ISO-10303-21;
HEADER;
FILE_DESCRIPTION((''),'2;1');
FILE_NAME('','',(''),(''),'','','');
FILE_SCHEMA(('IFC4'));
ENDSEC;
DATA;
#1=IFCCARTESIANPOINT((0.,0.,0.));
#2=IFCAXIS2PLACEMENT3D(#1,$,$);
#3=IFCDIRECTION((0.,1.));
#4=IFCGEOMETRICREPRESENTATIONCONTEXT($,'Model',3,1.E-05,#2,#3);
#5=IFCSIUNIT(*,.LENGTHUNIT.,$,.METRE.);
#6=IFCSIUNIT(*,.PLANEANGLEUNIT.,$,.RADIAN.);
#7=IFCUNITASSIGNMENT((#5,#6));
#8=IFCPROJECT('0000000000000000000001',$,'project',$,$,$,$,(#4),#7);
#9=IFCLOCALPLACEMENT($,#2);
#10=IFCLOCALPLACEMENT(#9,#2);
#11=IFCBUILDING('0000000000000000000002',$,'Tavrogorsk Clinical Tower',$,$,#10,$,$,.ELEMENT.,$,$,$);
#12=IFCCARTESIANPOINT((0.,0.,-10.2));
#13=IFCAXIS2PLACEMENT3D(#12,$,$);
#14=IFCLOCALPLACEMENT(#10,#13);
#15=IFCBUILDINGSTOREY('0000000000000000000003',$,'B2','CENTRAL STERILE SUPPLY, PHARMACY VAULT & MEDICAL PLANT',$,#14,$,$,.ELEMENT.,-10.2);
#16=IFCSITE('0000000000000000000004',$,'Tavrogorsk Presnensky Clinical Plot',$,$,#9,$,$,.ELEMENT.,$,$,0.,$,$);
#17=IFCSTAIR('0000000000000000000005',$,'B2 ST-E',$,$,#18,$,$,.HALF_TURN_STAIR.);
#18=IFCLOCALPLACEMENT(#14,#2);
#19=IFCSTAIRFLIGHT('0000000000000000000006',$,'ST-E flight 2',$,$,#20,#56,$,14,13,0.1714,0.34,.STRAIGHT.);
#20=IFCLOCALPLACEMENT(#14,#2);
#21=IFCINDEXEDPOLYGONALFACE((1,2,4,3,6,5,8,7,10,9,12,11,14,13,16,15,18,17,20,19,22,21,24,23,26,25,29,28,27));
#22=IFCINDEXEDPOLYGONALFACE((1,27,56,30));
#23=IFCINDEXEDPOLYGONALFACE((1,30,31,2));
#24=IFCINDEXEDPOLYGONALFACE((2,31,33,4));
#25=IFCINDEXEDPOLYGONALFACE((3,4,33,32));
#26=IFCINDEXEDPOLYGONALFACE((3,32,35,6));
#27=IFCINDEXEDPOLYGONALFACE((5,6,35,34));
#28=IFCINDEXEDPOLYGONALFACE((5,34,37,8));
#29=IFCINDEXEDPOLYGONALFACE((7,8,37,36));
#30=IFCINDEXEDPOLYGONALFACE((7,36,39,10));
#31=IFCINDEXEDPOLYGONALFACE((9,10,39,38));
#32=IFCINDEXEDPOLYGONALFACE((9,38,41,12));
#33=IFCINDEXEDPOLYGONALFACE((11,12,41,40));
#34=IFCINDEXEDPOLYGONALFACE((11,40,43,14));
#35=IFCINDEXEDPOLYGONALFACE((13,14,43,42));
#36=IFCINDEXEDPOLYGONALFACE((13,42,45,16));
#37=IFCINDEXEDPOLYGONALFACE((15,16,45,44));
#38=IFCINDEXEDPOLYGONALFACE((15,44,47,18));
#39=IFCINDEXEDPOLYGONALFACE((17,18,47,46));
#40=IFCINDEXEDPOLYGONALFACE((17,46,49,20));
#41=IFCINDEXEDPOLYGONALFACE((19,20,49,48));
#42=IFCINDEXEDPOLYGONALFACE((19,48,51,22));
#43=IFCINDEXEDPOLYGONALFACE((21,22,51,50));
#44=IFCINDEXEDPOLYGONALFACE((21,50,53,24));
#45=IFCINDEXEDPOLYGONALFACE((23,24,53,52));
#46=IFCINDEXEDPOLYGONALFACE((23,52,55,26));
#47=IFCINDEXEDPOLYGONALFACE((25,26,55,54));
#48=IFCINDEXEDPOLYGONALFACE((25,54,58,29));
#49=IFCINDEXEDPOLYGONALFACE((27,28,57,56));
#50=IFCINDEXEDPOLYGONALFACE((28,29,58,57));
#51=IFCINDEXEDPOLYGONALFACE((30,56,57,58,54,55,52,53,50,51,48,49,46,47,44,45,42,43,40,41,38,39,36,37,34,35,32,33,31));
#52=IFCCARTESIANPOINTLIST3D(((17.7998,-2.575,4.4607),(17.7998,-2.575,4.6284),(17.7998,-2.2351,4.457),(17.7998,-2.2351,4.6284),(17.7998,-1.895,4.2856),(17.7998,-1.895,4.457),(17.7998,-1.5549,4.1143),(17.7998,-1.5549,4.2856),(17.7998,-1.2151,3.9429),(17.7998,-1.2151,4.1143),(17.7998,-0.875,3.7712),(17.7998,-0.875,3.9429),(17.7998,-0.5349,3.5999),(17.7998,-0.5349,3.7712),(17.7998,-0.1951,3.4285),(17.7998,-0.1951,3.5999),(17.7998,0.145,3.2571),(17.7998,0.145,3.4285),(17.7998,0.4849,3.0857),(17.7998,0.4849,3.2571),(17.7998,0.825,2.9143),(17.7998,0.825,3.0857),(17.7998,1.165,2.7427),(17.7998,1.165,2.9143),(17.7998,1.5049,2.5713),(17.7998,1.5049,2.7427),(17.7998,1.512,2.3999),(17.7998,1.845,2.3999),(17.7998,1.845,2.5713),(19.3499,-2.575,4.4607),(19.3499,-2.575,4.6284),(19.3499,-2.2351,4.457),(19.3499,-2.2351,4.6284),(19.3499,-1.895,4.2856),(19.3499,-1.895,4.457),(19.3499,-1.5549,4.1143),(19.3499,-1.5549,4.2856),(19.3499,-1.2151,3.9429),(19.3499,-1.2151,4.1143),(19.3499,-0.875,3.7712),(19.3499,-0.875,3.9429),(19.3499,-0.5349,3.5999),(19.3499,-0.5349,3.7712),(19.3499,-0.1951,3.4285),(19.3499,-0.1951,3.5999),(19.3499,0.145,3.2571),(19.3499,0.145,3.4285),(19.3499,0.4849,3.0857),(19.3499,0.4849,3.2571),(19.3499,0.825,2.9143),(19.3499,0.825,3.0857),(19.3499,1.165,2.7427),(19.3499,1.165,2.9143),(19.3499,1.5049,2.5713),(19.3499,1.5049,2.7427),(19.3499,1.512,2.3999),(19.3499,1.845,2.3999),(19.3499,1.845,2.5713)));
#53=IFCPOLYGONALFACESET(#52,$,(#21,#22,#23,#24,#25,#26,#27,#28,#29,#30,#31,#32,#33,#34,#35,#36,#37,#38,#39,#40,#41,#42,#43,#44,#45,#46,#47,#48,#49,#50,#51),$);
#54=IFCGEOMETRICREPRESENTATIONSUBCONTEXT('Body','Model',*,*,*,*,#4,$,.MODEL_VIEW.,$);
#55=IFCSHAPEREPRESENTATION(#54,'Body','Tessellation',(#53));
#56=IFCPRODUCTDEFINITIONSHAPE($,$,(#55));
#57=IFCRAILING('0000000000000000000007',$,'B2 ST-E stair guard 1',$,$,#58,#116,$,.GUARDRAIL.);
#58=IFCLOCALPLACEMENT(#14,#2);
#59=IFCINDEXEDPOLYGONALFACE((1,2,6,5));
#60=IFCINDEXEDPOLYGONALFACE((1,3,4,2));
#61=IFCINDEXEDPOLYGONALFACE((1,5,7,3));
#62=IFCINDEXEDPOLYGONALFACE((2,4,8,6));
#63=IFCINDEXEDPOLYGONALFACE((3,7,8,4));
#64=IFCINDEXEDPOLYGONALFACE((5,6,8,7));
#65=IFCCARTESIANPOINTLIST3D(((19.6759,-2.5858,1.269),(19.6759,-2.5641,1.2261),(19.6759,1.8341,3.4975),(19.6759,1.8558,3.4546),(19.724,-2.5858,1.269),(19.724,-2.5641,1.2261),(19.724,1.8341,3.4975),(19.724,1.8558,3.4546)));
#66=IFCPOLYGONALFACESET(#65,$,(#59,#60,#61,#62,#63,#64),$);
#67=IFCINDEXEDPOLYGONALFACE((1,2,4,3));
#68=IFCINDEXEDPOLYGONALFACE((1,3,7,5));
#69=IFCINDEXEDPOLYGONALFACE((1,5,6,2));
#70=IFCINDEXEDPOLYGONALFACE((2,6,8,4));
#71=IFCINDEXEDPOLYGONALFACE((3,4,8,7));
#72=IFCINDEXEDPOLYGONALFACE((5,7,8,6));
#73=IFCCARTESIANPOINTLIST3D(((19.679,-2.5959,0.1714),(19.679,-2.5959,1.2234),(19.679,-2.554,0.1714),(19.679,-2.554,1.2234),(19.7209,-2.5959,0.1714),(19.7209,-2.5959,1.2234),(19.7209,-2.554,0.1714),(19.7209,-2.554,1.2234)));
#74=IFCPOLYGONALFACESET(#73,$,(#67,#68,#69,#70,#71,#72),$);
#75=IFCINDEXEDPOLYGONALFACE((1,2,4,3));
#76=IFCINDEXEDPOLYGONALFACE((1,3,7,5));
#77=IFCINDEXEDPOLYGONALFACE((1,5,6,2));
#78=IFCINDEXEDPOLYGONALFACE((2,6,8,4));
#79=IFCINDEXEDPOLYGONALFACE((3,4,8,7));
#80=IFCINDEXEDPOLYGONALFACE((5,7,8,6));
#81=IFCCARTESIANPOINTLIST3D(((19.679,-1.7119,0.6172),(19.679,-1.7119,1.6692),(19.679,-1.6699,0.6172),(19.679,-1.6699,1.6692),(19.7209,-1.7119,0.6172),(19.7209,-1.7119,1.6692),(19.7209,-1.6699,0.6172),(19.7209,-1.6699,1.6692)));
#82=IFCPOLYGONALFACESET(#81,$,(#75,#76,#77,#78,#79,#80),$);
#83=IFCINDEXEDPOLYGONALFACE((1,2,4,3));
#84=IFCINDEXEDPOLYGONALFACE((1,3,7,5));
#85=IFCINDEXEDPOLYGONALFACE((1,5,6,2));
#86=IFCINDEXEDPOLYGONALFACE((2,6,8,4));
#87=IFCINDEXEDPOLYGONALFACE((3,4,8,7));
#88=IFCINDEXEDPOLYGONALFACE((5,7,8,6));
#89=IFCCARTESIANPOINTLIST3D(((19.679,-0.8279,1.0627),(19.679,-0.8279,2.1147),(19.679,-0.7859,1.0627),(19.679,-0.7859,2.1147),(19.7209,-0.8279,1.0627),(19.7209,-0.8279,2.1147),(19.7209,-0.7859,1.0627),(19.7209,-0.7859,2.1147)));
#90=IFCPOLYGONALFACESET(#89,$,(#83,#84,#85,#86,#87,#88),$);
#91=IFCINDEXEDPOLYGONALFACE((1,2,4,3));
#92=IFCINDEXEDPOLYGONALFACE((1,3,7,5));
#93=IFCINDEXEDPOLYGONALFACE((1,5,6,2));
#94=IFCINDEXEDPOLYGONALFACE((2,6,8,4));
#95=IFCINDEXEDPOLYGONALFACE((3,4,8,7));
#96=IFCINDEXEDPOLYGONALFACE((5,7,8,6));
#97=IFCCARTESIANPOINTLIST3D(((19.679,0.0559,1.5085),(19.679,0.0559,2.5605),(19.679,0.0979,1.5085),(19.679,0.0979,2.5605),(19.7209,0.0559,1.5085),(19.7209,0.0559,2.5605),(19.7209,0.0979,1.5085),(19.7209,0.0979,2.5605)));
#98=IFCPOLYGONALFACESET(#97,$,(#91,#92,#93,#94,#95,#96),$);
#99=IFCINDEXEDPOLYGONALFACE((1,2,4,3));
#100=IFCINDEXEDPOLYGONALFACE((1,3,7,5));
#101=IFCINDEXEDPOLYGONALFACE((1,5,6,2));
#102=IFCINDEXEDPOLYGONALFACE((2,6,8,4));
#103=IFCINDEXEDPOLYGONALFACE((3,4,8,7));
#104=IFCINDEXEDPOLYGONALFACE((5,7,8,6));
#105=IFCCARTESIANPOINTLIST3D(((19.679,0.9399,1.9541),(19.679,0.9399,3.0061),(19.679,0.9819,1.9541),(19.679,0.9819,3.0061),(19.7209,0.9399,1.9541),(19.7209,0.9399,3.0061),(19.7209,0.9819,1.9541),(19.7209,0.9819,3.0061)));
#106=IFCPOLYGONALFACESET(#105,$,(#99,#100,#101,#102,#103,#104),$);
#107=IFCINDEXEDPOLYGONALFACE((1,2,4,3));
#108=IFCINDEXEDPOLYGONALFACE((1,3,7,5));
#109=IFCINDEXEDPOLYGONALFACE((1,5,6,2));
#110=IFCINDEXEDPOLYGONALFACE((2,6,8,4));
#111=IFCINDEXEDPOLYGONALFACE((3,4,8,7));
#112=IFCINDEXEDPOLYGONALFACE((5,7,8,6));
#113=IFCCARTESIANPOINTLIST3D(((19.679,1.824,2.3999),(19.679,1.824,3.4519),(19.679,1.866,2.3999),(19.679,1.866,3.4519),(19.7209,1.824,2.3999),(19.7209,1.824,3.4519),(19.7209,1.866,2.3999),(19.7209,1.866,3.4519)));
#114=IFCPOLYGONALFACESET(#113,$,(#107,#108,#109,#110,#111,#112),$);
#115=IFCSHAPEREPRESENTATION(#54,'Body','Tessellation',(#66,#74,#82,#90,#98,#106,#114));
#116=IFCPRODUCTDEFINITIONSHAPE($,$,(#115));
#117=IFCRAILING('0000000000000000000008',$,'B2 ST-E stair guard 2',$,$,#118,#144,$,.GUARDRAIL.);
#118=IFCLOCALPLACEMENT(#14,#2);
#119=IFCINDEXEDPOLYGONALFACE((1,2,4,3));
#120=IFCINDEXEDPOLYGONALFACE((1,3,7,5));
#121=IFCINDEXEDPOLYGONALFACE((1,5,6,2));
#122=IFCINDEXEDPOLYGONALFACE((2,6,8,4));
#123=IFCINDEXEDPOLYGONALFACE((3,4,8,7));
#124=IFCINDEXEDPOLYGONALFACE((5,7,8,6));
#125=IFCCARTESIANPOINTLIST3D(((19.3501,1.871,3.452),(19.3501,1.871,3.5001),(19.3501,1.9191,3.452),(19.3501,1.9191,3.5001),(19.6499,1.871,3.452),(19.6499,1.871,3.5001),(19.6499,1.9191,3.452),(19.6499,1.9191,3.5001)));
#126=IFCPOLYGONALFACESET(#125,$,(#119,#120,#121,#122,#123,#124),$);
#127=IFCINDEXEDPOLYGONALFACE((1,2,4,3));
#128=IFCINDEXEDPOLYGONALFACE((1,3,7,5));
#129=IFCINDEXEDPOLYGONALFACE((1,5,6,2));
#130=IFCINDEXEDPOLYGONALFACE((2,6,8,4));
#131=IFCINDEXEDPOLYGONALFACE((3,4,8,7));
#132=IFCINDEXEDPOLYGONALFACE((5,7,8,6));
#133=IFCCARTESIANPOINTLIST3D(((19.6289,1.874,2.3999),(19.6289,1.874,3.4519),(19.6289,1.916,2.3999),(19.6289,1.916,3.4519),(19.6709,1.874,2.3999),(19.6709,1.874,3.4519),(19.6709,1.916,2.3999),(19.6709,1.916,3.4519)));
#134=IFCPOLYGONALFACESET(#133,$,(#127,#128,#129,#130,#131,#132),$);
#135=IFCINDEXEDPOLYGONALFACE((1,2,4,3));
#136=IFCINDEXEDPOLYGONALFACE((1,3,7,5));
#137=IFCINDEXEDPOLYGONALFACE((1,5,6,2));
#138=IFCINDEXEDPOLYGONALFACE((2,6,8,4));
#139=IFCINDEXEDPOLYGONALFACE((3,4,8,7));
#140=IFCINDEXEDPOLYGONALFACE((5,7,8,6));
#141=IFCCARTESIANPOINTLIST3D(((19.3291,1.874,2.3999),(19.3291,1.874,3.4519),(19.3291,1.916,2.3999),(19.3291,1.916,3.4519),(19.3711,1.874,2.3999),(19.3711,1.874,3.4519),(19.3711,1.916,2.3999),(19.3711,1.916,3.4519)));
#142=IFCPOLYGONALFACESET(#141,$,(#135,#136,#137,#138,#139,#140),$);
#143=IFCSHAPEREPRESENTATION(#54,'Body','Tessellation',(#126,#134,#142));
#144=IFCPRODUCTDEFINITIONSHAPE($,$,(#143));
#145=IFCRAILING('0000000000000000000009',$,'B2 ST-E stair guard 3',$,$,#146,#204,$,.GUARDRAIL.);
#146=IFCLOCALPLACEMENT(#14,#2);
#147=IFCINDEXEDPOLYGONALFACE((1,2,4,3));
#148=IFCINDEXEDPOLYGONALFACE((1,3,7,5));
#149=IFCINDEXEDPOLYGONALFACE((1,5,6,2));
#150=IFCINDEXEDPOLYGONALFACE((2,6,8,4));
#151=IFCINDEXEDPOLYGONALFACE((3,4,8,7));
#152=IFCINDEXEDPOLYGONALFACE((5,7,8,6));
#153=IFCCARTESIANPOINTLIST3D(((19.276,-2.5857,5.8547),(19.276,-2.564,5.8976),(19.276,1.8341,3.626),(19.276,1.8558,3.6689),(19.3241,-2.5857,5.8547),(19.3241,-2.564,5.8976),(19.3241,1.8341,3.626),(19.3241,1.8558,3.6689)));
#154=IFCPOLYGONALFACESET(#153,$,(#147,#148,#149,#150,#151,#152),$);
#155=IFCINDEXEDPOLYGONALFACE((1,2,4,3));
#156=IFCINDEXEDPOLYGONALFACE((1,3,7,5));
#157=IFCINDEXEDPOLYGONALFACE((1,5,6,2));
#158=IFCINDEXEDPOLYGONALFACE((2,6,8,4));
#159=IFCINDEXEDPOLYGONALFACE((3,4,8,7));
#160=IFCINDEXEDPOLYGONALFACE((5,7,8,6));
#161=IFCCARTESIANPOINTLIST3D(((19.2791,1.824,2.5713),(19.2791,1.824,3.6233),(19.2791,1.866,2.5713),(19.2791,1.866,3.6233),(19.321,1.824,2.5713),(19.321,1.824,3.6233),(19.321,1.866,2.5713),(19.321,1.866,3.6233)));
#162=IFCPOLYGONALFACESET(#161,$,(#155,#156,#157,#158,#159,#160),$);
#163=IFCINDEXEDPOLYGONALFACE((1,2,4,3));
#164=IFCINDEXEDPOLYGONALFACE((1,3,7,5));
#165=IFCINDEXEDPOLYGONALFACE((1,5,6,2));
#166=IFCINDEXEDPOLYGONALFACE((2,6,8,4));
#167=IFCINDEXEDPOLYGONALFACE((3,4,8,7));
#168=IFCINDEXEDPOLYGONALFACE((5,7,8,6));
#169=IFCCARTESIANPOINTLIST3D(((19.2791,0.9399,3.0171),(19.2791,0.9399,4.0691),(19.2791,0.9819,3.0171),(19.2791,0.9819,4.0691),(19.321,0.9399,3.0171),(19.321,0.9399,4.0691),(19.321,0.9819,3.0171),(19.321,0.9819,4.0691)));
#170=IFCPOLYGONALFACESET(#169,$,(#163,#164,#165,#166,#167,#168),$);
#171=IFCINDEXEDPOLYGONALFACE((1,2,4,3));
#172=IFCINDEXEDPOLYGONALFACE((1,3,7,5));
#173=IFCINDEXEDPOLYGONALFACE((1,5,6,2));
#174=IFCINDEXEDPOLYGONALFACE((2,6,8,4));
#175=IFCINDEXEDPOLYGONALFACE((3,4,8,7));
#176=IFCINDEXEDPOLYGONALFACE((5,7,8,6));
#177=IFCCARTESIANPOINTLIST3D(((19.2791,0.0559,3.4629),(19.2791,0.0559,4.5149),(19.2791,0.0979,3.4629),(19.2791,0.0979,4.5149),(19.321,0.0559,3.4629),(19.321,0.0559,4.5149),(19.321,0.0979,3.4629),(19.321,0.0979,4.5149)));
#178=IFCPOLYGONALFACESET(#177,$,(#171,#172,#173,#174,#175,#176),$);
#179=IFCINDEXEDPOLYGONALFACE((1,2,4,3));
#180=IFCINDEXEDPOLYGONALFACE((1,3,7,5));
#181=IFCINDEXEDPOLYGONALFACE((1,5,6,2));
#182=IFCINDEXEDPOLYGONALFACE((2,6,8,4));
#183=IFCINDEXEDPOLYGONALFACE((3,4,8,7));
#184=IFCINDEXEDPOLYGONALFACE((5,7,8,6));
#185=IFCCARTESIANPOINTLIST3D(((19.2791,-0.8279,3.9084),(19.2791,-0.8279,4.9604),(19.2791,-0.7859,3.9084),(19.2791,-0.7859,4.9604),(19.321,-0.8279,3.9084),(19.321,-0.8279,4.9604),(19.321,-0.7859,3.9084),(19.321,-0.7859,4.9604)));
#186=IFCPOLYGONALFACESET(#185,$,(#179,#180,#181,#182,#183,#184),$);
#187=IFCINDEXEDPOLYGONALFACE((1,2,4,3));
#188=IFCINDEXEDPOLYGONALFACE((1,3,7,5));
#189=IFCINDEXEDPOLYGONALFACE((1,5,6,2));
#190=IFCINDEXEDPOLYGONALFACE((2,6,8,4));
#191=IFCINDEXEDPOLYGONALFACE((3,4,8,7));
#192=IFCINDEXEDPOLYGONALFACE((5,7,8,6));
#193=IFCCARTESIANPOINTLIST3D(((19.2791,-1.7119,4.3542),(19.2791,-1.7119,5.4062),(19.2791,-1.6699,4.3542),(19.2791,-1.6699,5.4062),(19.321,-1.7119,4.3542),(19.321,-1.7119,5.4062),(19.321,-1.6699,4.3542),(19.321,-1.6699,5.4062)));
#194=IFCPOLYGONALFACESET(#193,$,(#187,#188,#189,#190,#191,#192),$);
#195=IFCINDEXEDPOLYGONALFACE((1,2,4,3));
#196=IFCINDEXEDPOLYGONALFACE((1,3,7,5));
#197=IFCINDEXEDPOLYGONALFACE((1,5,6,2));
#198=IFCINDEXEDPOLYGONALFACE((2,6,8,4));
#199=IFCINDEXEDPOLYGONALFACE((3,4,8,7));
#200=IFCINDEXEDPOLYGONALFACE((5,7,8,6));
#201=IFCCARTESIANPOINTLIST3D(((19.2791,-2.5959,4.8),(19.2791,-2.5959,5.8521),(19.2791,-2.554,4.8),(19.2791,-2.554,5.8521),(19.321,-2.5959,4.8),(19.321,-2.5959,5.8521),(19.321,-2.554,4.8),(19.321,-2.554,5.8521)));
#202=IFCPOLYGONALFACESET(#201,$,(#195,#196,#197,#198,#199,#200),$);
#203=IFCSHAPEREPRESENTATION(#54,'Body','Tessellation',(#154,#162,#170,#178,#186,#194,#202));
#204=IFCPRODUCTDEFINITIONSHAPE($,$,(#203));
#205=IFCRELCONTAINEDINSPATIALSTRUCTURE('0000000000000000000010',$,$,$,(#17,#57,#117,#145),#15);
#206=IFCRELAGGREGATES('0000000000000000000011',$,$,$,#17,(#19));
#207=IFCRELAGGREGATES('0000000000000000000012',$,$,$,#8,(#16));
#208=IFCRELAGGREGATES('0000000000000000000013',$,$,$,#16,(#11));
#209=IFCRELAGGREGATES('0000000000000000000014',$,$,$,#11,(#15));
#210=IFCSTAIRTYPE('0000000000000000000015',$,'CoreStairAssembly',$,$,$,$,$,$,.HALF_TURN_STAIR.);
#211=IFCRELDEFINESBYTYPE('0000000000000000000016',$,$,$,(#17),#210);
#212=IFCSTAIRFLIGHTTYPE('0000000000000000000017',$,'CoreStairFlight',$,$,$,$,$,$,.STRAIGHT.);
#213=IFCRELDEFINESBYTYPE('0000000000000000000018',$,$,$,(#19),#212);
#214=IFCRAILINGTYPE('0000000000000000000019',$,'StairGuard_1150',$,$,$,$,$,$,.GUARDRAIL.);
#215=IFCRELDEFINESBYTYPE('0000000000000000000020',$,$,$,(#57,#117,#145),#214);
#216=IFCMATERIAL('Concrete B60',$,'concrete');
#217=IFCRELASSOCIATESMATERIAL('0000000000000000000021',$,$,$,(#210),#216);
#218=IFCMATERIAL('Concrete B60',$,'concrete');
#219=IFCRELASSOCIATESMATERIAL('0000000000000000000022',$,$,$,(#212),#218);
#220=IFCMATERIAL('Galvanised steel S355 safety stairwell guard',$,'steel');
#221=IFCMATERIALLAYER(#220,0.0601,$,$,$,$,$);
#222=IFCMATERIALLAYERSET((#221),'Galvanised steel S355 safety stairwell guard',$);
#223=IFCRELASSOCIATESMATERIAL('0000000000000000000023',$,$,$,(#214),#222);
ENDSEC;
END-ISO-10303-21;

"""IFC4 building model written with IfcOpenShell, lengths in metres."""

from ifc_helpers import new_model, si_unit, direction, frame, origin, origin_2d, place, context, subcontext, project, spatial, polyline, rectangle, outline, extrude, material, layer, layer_set, type_object, element, aggregate, save


model = new_model("IFC4")

# Units and contexts
model_context = context("Model", 3, precision=1e-05, world=origin(), true_north=direction((0.0, 1.0)))
body_context = subcontext(model_context, "Body", "Model", "MODEL_VIEW")
ifc_project = project(units=[si_unit("LENGTHUNIT", "METRE"), si_unit("PLANEANGLEUNIT", "RADIAN")], contexts=[model_context])

# Site, building, storey
site_placement = place(None, origin())
site = spatial("IfcSite", under=ifc_project, at=site_placement, Name="Tavrogorsk Presnensky Clinical Plot", CompositionType="ELEMENT", RefElevation=0.0)
building_placement = place(site_placement, origin())
building = spatial("IfcBuilding", under=site, at=building_placement, Name="Tavrogorsk Clinical Tower", CompositionType="ELEMENT")
storey_placement = place(building_placement, frame((0.0, 0.0, -10.2)))
storey = spatial("IfcBuildingStorey", under=building, at=storey_placement, Name="B2", Description="CENTRAL STERILE SUPPLY, PHARMACY VAULT & MEDICAL PLANT", CompositionType="ELEMENT", Elevation=-10.2)

# Stair, stair flight
ifc_material_1 = material(Name="Concrete B60", Category="concrete")
stair_type = type_object("IfcStairType", Name="CoreStairAssembly", PredefinedType="HALF_TURN_STAIR", material=ifc_material_1)
stair_placement = place(storey_placement, origin())
stair = element("IfcStair", 1, at=stair_placement, inside=storey, type_object=stair_type, Name="B2 ST-E", PredefinedType="HALF_TURN_STAIR")
ifc_material_2 = material(Name="Concrete B60", Category="concrete")
stair_flight_type = type_object("IfcStairFlightType", Name="CoreStairFlight", PredefinedType="STRAIGHT", material=ifc_material_2)
stair_flight_1_placement = place(storey_placement, frame((18.575, 1.845, 2.3999), z_axis=(0.0, 0.0, 1.0), x_axis=(0.0, -1.0, 0.0)))
stair_flight_1 = element("IfcStairFlight", 2, at=stair_flight_1_placement, type_object=stair_flight_type, Name="ST-E flight 2", NumberOfRisers=14, NumberOfTreads=13, PredefinedType="STRAIGHT", RiserHeight=0.1714, TreadLength=0.34, context=body_context, shape_type="SweptSolid", body=[
    extrude(outline(polyline([(0.0, 0.0), (0.0, 0.1714), (0.3401, 0.1714), (0.3401, 0.3428), (0.6799, 0.3428), (0.6799, 0.5144), (1.02, 0.5144), (1.02, 0.6858), (1.3601, 0.6858), (1.3601, 0.8572), (1.7, 0.8572), (1.7, 1.0286), (2.04, 1.0286), (2.04, 1.2), (2.3799, 1.2), (2.3799, 1.3713), (2.72, 1.3713), (2.72, 1.543), (3.0601, 1.543), (3.0601, 1.7144), (3.3999, 1.7144), (3.3999, 1.8857), (3.74, 1.8857), (3.74, 2.0571), (4.0801, 2.0571), (4.0801, 2.2285), (4.4199, 2.2285), (4.4199, 2.3999), (4.4199, 2.0608), (0.333, 0.0), (0.0, 0.0)])), frame((0.0, 0.7749, 0.0), z_axis=(0.0, -1.0, 0.0), x_axis=(1.0, 0.0, 0.0)), (0.0, 0.0, 1.0), 1.55),
])
aggregate(stair, [stair_flight_1])

# Railings
ifc_material_3 = material(Name="Galvanised steel S355 safety stairwell guard", Category="steel")
ifc_layer_1 = layer(ifc_material_3, 0.0601)
ifc_layer_set_1 = layer_set([ifc_layer_1], Name="Galvanised steel S355 safety stairwell guard")
railing_type_1 = type_object("IfcRailingType", Name="StairGuard_1150", PredefinedType="GUARDRAIL", material=ifc_layer_set_1)
railing_1_placement = place(storey_placement, frame((19.7, -2.575, 0.1714)))
element("IfcRailing", 3, at=railing_1_placement, inside=storey, type_object=railing_type_1, Name="B2 ST-E stair guard 1", PredefinedType="GUARDRAIL", context=body_context, shape_type="SweptSolid", body=[
    extrude(rectangle(XDim=0.0481, YDim=0.0481, at=origin_2d()), frame((0.0, 0.0, 1.0762), z_axis=(0.0, 0.892923, 0.45021), x_axis=(-1.0, 0.0, 0.0)), (0.0, 0.0, 1.0), 4.95),
    extrude(rectangle(XDim=0.042, YDim=0.042, at=origin_2d()), origin(), (0.0, 0.0, 1.0), 1.052),
    extrude(rectangle(XDim=0.042, YDim=0.042, at=origin_2d()), frame((0.0, 0.884, 0.4458)), (0.0, 0.0, 1.0), 1.052),
    extrude(rectangle(XDim=0.042, YDim=0.042, at=origin_2d()), frame((0.0, 1.7681, 0.8914)), (0.0, 0.0, 1.0), 1.052),
    extrude(rectangle(XDim=0.042, YDim=0.042, at=origin_2d()), frame((0.0, 2.6519, 1.3372)), (0.0, 0.0, 1.0), 1.052),
    extrude(rectangle(XDim=0.042, YDim=0.042, at=origin_2d()), frame((0.0, 3.5359, 1.7827)), (0.0, 0.0, 1.0), 1.052),
    extrude(rectangle(XDim=0.042, YDim=0.042, at=origin_2d()), frame((0.0, 4.4199, 2.2285)), (0.0, 0.0, 1.0), 1.052),
])
railing_2_placement = place(storey_placement, frame((19.6499, 1.895, 2.3999)))
element("IfcRailing", 4, at=railing_2_placement, inside=storey, type_object=railing_type_1, Name="B2 ST-E stair guard 2", PredefinedType="GUARDRAIL", context=body_context, shape_type="SweptSolid", body=[
    extrude(rectangle(XDim=0.0481, YDim=0.0481, at=origin_2d()), frame((0.0, 0.0, 1.0762), z_axis=(-1.0, 0.0, 0.0), x_axis=(0.0, -1.0, 0.0)), (0.0, 0.0, 1.0), 0.2998),
    extrude(rectangle(XDim=0.042, YDim=0.042, at=origin_2d()), origin(), (0.0, 0.0, 1.0), 1.052),
    extrude(rectangle(XDim=0.042, YDim=0.042, at=origin_2d()), frame((-0.2998, 0.0, 0.0)), (0.0, 0.0, 1.0), 1.052),
])
railing_3_placement = place(storey_placement, frame((19.3, 1.845, 2.5713)))
element("IfcRailing", 5, at=railing_3_placement, inside=storey, type_object=railing_type_1, Name="B2 ST-E stair guard 3", PredefinedType="GUARDRAIL", context=body_context, shape_type="SweptSolid", body=[
    extrude(rectangle(XDim=0.0481, YDim=0.0481, at=origin_2d()), frame((0.0, 0.0, 1.0762), z_axis=(0.0, -0.892903, 0.450249), x_axis=(1.0, 0.0, 0.0)), (0.0, 0.0, 1.0), 4.95),
    extrude(rectangle(XDim=0.042, YDim=0.042, at=origin_2d()), origin(), (0.0, 0.0, 1.0), 1.052),
    extrude(rectangle(XDim=0.042, YDim=0.042, at=origin_2d()), frame((0.0, -0.884, 0.4458)), (0.0, 0.0, 1.0), 1.052),
    extrude(rectangle(XDim=0.042, YDim=0.042, at=origin_2d()), frame((0.0, -1.7681, 0.8916)), (0.0, 0.0, 1.0), 1.052),
    extrude(rectangle(XDim=0.042, YDim=0.042, at=origin_2d()), frame((0.0, -2.6519, 1.3372)), (0.0, 0.0, 1.0), 1.052),
    extrude(rectangle(XDim=0.042, YDim=0.042, at=origin_2d()), frame((0.0, -3.5359, 1.783)), (0.0, 0.0, 1.0), 1.052),
    extrude(rectangle(XDim=0.042, YDim=0.042, at=origin_2d()), frame((0.0, -4.4199, 2.2288)), (0.0, 0.0, 1.0), 1.052),
])

save(model, "model.ifc")
